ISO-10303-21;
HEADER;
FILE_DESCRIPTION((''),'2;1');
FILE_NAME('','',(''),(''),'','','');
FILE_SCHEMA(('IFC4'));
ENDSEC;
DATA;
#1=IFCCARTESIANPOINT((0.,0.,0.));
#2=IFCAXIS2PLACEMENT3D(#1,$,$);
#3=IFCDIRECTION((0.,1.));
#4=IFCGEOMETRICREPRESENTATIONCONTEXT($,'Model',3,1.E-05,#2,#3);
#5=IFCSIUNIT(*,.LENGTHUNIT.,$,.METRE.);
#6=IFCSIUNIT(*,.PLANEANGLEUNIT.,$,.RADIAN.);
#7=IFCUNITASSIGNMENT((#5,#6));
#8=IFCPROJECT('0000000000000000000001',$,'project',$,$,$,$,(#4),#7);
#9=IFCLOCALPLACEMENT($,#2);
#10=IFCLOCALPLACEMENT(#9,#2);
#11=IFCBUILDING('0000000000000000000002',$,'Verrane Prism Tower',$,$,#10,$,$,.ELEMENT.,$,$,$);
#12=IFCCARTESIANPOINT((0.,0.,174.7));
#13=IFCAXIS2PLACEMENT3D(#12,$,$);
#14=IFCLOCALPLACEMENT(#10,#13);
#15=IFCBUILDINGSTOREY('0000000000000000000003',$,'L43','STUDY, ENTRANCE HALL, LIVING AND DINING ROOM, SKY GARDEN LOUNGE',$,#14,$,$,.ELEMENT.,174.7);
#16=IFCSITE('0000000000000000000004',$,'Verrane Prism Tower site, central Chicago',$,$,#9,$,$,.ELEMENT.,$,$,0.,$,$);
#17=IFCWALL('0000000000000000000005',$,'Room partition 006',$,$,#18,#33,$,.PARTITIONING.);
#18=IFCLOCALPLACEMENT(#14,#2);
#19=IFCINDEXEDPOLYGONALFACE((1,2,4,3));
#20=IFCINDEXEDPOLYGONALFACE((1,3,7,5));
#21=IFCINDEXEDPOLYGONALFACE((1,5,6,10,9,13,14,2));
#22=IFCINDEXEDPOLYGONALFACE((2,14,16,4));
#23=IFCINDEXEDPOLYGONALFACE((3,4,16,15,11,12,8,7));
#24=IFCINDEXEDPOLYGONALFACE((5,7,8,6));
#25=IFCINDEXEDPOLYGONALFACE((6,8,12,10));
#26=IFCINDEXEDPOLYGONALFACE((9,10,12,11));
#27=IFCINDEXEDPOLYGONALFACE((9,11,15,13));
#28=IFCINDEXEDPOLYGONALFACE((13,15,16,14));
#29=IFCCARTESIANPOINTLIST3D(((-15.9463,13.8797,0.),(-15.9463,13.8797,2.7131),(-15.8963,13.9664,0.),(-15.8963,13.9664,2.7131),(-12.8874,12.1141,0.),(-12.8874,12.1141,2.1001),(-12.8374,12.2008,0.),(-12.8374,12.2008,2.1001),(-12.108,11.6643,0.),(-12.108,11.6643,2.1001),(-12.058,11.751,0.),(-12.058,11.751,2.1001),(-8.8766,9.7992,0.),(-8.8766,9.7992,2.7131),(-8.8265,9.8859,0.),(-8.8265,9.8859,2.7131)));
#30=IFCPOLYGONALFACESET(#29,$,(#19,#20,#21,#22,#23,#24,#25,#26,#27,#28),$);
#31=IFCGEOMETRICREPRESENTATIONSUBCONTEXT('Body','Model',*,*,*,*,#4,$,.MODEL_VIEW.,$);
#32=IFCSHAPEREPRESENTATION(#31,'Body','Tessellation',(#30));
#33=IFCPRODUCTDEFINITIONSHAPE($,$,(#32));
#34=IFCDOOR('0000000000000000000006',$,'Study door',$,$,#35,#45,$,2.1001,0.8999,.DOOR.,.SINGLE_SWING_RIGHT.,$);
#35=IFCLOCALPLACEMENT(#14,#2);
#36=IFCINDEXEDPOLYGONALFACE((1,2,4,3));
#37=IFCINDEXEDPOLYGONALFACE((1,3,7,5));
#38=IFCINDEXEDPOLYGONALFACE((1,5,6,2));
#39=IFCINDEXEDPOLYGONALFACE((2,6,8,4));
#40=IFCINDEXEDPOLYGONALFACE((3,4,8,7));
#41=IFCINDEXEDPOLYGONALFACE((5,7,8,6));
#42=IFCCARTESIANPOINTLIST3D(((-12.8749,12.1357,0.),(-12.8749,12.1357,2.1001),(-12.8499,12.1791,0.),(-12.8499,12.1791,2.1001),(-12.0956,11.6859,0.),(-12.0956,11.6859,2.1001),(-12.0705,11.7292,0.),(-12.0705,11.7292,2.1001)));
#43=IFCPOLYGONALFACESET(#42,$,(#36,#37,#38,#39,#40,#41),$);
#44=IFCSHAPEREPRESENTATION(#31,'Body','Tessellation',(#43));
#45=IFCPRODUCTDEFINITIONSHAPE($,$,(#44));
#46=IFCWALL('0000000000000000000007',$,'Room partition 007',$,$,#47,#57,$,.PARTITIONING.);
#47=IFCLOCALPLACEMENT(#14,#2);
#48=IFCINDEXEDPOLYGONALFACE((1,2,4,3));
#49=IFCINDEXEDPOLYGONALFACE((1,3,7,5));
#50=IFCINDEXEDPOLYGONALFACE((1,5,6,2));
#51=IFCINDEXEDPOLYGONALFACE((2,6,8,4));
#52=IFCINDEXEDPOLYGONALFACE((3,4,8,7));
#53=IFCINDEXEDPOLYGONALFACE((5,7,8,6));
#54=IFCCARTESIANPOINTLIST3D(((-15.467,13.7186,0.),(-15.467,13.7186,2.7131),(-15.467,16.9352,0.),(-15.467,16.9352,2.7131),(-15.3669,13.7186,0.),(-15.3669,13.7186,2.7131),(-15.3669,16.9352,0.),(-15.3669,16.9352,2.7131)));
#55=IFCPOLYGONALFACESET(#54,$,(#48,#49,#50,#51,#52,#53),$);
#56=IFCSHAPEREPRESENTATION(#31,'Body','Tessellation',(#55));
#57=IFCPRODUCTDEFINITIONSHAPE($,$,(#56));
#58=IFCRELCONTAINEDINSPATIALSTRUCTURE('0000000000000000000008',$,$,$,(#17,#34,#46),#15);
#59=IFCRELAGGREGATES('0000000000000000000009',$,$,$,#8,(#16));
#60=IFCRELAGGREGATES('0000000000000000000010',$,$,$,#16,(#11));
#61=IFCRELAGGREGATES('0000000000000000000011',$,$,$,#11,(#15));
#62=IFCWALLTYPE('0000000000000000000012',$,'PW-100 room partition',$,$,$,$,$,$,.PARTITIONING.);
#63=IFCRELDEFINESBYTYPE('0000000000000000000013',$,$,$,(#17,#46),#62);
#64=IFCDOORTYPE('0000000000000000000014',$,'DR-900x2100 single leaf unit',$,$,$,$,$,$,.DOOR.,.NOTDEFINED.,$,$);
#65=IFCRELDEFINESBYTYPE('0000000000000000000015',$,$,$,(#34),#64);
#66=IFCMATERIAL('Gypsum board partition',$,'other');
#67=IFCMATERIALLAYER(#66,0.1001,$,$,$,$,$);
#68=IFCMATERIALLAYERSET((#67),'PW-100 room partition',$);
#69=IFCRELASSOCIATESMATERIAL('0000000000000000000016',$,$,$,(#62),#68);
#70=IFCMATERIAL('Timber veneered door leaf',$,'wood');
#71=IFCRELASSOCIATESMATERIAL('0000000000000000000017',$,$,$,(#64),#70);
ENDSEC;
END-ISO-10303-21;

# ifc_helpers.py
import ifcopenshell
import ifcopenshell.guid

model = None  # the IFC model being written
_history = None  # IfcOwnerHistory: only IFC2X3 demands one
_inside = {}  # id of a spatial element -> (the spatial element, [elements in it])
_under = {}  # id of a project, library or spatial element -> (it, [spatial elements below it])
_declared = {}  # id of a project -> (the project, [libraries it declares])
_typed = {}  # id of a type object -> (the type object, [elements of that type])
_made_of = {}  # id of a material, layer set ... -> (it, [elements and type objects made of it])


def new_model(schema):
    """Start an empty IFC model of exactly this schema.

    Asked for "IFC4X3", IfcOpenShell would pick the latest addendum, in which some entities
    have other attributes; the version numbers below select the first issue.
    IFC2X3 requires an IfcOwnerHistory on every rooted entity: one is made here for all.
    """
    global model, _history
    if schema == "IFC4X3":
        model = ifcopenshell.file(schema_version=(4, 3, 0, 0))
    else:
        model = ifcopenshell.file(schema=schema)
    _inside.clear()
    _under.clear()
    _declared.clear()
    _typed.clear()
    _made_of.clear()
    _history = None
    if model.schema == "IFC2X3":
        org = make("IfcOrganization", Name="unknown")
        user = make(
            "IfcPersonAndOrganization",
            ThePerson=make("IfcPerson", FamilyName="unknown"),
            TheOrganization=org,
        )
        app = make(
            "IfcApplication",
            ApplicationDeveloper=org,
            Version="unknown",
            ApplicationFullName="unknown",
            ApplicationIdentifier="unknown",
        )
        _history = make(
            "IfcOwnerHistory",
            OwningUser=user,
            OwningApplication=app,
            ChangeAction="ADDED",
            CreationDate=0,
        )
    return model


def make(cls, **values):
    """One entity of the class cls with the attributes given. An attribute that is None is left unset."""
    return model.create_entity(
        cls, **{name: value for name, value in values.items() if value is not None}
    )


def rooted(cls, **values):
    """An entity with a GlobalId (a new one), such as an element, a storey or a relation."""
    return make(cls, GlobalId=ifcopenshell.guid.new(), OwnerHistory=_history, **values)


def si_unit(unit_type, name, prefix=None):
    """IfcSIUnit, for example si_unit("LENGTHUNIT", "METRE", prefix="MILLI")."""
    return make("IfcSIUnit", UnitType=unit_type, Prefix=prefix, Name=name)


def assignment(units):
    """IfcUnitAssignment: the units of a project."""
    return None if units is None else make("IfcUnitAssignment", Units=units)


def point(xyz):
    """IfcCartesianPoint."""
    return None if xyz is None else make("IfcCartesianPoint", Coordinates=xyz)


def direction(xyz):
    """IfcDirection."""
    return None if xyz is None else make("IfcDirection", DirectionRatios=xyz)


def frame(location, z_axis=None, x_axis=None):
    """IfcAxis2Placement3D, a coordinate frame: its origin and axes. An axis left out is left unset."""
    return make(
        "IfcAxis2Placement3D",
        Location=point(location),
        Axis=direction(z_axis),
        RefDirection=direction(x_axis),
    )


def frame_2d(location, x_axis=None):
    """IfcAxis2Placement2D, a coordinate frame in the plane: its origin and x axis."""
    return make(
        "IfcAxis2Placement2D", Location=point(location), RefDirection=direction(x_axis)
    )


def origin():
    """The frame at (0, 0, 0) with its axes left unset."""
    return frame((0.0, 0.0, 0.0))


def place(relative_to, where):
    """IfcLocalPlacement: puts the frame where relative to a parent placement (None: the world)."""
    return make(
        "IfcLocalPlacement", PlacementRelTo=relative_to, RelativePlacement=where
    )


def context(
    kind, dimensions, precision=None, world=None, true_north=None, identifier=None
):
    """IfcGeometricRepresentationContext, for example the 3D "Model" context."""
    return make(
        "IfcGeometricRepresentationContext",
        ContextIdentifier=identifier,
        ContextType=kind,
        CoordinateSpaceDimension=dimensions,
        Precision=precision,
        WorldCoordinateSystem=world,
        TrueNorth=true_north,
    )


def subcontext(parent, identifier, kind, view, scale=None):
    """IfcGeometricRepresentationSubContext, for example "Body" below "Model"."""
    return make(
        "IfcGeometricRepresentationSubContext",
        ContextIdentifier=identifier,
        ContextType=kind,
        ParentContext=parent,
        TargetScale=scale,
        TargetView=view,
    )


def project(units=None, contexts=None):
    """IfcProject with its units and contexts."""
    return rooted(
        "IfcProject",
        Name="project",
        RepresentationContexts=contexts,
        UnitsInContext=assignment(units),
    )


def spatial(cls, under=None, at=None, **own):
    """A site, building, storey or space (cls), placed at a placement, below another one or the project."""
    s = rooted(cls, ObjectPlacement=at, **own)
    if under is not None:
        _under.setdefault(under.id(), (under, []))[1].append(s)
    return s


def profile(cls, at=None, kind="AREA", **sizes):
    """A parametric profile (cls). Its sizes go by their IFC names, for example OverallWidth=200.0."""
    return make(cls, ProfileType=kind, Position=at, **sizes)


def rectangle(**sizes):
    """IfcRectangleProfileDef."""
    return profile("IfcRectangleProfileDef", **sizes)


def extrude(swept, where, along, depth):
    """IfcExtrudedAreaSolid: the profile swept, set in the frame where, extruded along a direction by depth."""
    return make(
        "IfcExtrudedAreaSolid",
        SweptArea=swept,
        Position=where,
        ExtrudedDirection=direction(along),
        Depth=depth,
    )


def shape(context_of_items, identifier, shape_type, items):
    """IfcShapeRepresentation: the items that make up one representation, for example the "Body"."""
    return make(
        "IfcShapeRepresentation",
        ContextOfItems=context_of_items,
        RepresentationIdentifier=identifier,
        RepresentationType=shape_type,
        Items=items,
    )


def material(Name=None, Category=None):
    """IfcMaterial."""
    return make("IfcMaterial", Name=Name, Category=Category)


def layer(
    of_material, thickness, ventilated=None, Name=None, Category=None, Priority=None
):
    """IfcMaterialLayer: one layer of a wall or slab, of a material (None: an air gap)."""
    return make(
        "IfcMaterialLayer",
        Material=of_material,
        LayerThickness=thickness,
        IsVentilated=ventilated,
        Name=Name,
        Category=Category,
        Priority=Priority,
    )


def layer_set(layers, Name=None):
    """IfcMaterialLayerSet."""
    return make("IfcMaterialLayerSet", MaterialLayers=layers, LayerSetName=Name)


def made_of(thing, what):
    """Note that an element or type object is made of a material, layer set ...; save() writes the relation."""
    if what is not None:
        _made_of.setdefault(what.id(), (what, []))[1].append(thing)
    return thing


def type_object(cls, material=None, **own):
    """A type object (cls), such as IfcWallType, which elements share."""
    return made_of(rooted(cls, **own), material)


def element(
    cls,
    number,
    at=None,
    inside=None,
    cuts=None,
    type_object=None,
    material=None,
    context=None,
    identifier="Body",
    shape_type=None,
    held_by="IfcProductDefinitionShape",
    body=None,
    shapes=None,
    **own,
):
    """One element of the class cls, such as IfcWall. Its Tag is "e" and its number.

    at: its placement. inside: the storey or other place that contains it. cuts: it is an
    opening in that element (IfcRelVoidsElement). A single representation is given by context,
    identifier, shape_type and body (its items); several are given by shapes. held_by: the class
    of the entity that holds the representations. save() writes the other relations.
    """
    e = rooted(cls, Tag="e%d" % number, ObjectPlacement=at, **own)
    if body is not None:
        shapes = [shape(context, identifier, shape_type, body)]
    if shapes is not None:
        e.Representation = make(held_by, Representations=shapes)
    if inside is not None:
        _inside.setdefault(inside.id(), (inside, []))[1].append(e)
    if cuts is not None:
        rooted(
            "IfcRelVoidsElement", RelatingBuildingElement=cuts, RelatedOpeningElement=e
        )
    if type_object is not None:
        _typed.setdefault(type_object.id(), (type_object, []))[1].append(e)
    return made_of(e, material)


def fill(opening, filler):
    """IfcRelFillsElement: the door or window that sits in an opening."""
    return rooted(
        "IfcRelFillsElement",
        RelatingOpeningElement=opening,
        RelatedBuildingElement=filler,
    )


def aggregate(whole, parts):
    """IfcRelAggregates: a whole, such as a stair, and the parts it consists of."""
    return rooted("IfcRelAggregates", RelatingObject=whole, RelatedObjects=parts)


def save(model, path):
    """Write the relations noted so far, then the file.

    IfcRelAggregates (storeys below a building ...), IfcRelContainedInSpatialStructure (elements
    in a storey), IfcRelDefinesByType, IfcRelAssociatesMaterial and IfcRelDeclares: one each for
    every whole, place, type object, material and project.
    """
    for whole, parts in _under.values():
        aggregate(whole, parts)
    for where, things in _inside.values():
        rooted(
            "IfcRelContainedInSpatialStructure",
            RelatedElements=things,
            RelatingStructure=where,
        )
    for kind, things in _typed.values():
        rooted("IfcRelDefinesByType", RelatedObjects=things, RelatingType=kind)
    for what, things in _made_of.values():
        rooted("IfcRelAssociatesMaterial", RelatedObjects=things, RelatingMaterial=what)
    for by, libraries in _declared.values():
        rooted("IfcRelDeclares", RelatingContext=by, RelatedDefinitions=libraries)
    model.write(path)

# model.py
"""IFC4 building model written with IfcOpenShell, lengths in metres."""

from ifc_helpers import new_model, si_unit, direction, frame, frame_2d, origin, place, context, subcontext, project, spatial, rectangle, extrude, material, layer, layer_set, type_object, element, fill, save


model = new_model("IFC4")

# Units and contexts
model_context = context("Model", 3, precision=1e-05, world=origin(), true_north=direction((0.0, 1.0)))
body_context = subcontext(model_context, "Body", "Model", "MODEL_VIEW")
ifc_project = project(units=[si_unit("LENGTHUNIT", "METRE"), si_unit("PLANEANGLEUNIT", "RADIAN")], contexts=[model_context])

# Site, building, storey
site_placement = place(None, origin())
site = spatial("IfcSite", under=ifc_project, at=site_placement, Name="Verrane Prism Tower site, central Chicago", CompositionType="ELEMENT", RefElevation=0.0)
building_placement = place(site_placement, origin())
building = spatial("IfcBuilding", under=site, at=building_placement, Name="Verrane Prism Tower", CompositionType="ELEMENT")
storey_placement = place(building_placement, frame((0.0, 0.0, 174.7)))
storey = spatial("IfcBuildingStorey", under=building, at=storey_placement, Name="L43", Description="STUDY, ENTRANCE HALL, LIVING AND DINING ROOM, SKY GARDEN LOUNGE", CompositionType="ELEMENT", Elevation=174.7)

# Wall, opening, door
ifc_material_1 = material(Name="Gypsum board partition", Category="other")
ifc_layer_1 = layer(ifc_material_1, 0.1001)
ifc_layer_set_1 = layer_set([ifc_layer_1], Name="PW-100 room partition")
wall_type = type_object("IfcWallType", Name="PW-100 room partition", PredefinedType="PARTITIONING", material=ifc_layer_set_1)
wall_1_placement = place(storey_placement, frame((-15.9214, 13.9231, 0.0), z_axis=(0.0, 0.0, 1.0), x_axis=(0.866089, -0.49989, 0.0)))
wall_1 = element("IfcWall", 1, at=wall_1_placement, inside=storey, type_object=wall_type, Name="Room partition 006", PredefinedType="PARTITIONING", context=body_context, shape_type="SweptSolid", body=[
    extrude(rectangle(XDim=8.1628, YDim=0.1001, at=frame_2d((4.0815, 0.0))), origin(), (0.0, 0.0, 1.0), 2.7131),
])
opening_placement = place(wall_1_placement, frame((3.532, 0.0, 0.0)))
opening = element("IfcOpeningElement", 2, at=opening_placement, cuts=wall_1, PredefinedType="OPENING", context=body_context, shape_type="SweptSolid", body=[
    extrude(rectangle(XDim=0.8999, YDim=2.1001, at=frame_2d((0.45, 1.05))), frame((0.0, 0.0601, 0.0), z_axis=(0.0, -1.0, 0.0), x_axis=(1.0, 0.0, 0.0)), (0.0, 0.0, 1.0), 0.1201),
])
ifc_material_2 = material(Name="Timber veneered door leaf", Category="wood")
door_type = type_object("IfcDoorType", Name="DR-900x2100 single leaf unit", OperationType="NOTDEFINED", PredefinedType="DOOR", material=ifc_material_2)
door_placement = place(opening_placement, origin())
door = element("IfcDoor", 3, at=door_placement, inside=storey, type_object=door_type, Name="Study door", OperationType="SINGLE_SWING_RIGHT", OverallHeight=2.1001, OverallWidth=0.8999, PredefinedType="DOOR", context=body_context, shape_type="SweptSolid", body=[
    extrude(rectangle(XDim=0.8999, YDim=2.1001, at=frame_2d((0.45, 1.05))), frame((0.0, 0.0249, 0.0), z_axis=(0.0, -1.0, 0.0), x_axis=(1.0, 0.0, 0.0)), (0.0, 0.0, 1.0), 0.05),
])
fill(opening, door)

# Wall
wall_2_placement = place(storey_placement, frame((-15.417, 13.7185, 0.0), z_axis=(0.0, 0.0, 1.0), x_axis=(0.0, 1.0, 0.0)))
element("IfcWall", 4, at=wall_2_placement, inside=storey, type_object=wall_type, Name="Room partition 007", PredefinedType="PARTITIONING", context=body_context, shape_type="SweptSolid", body=[
    extrude(rectangle(XDim=3.2166, YDim=0.1001, at=frame_2d((1.6084, 0.0))), origin(), (0.0, 0.0, 1.0), 2.7131),
])

save(model, "model.ifc")
